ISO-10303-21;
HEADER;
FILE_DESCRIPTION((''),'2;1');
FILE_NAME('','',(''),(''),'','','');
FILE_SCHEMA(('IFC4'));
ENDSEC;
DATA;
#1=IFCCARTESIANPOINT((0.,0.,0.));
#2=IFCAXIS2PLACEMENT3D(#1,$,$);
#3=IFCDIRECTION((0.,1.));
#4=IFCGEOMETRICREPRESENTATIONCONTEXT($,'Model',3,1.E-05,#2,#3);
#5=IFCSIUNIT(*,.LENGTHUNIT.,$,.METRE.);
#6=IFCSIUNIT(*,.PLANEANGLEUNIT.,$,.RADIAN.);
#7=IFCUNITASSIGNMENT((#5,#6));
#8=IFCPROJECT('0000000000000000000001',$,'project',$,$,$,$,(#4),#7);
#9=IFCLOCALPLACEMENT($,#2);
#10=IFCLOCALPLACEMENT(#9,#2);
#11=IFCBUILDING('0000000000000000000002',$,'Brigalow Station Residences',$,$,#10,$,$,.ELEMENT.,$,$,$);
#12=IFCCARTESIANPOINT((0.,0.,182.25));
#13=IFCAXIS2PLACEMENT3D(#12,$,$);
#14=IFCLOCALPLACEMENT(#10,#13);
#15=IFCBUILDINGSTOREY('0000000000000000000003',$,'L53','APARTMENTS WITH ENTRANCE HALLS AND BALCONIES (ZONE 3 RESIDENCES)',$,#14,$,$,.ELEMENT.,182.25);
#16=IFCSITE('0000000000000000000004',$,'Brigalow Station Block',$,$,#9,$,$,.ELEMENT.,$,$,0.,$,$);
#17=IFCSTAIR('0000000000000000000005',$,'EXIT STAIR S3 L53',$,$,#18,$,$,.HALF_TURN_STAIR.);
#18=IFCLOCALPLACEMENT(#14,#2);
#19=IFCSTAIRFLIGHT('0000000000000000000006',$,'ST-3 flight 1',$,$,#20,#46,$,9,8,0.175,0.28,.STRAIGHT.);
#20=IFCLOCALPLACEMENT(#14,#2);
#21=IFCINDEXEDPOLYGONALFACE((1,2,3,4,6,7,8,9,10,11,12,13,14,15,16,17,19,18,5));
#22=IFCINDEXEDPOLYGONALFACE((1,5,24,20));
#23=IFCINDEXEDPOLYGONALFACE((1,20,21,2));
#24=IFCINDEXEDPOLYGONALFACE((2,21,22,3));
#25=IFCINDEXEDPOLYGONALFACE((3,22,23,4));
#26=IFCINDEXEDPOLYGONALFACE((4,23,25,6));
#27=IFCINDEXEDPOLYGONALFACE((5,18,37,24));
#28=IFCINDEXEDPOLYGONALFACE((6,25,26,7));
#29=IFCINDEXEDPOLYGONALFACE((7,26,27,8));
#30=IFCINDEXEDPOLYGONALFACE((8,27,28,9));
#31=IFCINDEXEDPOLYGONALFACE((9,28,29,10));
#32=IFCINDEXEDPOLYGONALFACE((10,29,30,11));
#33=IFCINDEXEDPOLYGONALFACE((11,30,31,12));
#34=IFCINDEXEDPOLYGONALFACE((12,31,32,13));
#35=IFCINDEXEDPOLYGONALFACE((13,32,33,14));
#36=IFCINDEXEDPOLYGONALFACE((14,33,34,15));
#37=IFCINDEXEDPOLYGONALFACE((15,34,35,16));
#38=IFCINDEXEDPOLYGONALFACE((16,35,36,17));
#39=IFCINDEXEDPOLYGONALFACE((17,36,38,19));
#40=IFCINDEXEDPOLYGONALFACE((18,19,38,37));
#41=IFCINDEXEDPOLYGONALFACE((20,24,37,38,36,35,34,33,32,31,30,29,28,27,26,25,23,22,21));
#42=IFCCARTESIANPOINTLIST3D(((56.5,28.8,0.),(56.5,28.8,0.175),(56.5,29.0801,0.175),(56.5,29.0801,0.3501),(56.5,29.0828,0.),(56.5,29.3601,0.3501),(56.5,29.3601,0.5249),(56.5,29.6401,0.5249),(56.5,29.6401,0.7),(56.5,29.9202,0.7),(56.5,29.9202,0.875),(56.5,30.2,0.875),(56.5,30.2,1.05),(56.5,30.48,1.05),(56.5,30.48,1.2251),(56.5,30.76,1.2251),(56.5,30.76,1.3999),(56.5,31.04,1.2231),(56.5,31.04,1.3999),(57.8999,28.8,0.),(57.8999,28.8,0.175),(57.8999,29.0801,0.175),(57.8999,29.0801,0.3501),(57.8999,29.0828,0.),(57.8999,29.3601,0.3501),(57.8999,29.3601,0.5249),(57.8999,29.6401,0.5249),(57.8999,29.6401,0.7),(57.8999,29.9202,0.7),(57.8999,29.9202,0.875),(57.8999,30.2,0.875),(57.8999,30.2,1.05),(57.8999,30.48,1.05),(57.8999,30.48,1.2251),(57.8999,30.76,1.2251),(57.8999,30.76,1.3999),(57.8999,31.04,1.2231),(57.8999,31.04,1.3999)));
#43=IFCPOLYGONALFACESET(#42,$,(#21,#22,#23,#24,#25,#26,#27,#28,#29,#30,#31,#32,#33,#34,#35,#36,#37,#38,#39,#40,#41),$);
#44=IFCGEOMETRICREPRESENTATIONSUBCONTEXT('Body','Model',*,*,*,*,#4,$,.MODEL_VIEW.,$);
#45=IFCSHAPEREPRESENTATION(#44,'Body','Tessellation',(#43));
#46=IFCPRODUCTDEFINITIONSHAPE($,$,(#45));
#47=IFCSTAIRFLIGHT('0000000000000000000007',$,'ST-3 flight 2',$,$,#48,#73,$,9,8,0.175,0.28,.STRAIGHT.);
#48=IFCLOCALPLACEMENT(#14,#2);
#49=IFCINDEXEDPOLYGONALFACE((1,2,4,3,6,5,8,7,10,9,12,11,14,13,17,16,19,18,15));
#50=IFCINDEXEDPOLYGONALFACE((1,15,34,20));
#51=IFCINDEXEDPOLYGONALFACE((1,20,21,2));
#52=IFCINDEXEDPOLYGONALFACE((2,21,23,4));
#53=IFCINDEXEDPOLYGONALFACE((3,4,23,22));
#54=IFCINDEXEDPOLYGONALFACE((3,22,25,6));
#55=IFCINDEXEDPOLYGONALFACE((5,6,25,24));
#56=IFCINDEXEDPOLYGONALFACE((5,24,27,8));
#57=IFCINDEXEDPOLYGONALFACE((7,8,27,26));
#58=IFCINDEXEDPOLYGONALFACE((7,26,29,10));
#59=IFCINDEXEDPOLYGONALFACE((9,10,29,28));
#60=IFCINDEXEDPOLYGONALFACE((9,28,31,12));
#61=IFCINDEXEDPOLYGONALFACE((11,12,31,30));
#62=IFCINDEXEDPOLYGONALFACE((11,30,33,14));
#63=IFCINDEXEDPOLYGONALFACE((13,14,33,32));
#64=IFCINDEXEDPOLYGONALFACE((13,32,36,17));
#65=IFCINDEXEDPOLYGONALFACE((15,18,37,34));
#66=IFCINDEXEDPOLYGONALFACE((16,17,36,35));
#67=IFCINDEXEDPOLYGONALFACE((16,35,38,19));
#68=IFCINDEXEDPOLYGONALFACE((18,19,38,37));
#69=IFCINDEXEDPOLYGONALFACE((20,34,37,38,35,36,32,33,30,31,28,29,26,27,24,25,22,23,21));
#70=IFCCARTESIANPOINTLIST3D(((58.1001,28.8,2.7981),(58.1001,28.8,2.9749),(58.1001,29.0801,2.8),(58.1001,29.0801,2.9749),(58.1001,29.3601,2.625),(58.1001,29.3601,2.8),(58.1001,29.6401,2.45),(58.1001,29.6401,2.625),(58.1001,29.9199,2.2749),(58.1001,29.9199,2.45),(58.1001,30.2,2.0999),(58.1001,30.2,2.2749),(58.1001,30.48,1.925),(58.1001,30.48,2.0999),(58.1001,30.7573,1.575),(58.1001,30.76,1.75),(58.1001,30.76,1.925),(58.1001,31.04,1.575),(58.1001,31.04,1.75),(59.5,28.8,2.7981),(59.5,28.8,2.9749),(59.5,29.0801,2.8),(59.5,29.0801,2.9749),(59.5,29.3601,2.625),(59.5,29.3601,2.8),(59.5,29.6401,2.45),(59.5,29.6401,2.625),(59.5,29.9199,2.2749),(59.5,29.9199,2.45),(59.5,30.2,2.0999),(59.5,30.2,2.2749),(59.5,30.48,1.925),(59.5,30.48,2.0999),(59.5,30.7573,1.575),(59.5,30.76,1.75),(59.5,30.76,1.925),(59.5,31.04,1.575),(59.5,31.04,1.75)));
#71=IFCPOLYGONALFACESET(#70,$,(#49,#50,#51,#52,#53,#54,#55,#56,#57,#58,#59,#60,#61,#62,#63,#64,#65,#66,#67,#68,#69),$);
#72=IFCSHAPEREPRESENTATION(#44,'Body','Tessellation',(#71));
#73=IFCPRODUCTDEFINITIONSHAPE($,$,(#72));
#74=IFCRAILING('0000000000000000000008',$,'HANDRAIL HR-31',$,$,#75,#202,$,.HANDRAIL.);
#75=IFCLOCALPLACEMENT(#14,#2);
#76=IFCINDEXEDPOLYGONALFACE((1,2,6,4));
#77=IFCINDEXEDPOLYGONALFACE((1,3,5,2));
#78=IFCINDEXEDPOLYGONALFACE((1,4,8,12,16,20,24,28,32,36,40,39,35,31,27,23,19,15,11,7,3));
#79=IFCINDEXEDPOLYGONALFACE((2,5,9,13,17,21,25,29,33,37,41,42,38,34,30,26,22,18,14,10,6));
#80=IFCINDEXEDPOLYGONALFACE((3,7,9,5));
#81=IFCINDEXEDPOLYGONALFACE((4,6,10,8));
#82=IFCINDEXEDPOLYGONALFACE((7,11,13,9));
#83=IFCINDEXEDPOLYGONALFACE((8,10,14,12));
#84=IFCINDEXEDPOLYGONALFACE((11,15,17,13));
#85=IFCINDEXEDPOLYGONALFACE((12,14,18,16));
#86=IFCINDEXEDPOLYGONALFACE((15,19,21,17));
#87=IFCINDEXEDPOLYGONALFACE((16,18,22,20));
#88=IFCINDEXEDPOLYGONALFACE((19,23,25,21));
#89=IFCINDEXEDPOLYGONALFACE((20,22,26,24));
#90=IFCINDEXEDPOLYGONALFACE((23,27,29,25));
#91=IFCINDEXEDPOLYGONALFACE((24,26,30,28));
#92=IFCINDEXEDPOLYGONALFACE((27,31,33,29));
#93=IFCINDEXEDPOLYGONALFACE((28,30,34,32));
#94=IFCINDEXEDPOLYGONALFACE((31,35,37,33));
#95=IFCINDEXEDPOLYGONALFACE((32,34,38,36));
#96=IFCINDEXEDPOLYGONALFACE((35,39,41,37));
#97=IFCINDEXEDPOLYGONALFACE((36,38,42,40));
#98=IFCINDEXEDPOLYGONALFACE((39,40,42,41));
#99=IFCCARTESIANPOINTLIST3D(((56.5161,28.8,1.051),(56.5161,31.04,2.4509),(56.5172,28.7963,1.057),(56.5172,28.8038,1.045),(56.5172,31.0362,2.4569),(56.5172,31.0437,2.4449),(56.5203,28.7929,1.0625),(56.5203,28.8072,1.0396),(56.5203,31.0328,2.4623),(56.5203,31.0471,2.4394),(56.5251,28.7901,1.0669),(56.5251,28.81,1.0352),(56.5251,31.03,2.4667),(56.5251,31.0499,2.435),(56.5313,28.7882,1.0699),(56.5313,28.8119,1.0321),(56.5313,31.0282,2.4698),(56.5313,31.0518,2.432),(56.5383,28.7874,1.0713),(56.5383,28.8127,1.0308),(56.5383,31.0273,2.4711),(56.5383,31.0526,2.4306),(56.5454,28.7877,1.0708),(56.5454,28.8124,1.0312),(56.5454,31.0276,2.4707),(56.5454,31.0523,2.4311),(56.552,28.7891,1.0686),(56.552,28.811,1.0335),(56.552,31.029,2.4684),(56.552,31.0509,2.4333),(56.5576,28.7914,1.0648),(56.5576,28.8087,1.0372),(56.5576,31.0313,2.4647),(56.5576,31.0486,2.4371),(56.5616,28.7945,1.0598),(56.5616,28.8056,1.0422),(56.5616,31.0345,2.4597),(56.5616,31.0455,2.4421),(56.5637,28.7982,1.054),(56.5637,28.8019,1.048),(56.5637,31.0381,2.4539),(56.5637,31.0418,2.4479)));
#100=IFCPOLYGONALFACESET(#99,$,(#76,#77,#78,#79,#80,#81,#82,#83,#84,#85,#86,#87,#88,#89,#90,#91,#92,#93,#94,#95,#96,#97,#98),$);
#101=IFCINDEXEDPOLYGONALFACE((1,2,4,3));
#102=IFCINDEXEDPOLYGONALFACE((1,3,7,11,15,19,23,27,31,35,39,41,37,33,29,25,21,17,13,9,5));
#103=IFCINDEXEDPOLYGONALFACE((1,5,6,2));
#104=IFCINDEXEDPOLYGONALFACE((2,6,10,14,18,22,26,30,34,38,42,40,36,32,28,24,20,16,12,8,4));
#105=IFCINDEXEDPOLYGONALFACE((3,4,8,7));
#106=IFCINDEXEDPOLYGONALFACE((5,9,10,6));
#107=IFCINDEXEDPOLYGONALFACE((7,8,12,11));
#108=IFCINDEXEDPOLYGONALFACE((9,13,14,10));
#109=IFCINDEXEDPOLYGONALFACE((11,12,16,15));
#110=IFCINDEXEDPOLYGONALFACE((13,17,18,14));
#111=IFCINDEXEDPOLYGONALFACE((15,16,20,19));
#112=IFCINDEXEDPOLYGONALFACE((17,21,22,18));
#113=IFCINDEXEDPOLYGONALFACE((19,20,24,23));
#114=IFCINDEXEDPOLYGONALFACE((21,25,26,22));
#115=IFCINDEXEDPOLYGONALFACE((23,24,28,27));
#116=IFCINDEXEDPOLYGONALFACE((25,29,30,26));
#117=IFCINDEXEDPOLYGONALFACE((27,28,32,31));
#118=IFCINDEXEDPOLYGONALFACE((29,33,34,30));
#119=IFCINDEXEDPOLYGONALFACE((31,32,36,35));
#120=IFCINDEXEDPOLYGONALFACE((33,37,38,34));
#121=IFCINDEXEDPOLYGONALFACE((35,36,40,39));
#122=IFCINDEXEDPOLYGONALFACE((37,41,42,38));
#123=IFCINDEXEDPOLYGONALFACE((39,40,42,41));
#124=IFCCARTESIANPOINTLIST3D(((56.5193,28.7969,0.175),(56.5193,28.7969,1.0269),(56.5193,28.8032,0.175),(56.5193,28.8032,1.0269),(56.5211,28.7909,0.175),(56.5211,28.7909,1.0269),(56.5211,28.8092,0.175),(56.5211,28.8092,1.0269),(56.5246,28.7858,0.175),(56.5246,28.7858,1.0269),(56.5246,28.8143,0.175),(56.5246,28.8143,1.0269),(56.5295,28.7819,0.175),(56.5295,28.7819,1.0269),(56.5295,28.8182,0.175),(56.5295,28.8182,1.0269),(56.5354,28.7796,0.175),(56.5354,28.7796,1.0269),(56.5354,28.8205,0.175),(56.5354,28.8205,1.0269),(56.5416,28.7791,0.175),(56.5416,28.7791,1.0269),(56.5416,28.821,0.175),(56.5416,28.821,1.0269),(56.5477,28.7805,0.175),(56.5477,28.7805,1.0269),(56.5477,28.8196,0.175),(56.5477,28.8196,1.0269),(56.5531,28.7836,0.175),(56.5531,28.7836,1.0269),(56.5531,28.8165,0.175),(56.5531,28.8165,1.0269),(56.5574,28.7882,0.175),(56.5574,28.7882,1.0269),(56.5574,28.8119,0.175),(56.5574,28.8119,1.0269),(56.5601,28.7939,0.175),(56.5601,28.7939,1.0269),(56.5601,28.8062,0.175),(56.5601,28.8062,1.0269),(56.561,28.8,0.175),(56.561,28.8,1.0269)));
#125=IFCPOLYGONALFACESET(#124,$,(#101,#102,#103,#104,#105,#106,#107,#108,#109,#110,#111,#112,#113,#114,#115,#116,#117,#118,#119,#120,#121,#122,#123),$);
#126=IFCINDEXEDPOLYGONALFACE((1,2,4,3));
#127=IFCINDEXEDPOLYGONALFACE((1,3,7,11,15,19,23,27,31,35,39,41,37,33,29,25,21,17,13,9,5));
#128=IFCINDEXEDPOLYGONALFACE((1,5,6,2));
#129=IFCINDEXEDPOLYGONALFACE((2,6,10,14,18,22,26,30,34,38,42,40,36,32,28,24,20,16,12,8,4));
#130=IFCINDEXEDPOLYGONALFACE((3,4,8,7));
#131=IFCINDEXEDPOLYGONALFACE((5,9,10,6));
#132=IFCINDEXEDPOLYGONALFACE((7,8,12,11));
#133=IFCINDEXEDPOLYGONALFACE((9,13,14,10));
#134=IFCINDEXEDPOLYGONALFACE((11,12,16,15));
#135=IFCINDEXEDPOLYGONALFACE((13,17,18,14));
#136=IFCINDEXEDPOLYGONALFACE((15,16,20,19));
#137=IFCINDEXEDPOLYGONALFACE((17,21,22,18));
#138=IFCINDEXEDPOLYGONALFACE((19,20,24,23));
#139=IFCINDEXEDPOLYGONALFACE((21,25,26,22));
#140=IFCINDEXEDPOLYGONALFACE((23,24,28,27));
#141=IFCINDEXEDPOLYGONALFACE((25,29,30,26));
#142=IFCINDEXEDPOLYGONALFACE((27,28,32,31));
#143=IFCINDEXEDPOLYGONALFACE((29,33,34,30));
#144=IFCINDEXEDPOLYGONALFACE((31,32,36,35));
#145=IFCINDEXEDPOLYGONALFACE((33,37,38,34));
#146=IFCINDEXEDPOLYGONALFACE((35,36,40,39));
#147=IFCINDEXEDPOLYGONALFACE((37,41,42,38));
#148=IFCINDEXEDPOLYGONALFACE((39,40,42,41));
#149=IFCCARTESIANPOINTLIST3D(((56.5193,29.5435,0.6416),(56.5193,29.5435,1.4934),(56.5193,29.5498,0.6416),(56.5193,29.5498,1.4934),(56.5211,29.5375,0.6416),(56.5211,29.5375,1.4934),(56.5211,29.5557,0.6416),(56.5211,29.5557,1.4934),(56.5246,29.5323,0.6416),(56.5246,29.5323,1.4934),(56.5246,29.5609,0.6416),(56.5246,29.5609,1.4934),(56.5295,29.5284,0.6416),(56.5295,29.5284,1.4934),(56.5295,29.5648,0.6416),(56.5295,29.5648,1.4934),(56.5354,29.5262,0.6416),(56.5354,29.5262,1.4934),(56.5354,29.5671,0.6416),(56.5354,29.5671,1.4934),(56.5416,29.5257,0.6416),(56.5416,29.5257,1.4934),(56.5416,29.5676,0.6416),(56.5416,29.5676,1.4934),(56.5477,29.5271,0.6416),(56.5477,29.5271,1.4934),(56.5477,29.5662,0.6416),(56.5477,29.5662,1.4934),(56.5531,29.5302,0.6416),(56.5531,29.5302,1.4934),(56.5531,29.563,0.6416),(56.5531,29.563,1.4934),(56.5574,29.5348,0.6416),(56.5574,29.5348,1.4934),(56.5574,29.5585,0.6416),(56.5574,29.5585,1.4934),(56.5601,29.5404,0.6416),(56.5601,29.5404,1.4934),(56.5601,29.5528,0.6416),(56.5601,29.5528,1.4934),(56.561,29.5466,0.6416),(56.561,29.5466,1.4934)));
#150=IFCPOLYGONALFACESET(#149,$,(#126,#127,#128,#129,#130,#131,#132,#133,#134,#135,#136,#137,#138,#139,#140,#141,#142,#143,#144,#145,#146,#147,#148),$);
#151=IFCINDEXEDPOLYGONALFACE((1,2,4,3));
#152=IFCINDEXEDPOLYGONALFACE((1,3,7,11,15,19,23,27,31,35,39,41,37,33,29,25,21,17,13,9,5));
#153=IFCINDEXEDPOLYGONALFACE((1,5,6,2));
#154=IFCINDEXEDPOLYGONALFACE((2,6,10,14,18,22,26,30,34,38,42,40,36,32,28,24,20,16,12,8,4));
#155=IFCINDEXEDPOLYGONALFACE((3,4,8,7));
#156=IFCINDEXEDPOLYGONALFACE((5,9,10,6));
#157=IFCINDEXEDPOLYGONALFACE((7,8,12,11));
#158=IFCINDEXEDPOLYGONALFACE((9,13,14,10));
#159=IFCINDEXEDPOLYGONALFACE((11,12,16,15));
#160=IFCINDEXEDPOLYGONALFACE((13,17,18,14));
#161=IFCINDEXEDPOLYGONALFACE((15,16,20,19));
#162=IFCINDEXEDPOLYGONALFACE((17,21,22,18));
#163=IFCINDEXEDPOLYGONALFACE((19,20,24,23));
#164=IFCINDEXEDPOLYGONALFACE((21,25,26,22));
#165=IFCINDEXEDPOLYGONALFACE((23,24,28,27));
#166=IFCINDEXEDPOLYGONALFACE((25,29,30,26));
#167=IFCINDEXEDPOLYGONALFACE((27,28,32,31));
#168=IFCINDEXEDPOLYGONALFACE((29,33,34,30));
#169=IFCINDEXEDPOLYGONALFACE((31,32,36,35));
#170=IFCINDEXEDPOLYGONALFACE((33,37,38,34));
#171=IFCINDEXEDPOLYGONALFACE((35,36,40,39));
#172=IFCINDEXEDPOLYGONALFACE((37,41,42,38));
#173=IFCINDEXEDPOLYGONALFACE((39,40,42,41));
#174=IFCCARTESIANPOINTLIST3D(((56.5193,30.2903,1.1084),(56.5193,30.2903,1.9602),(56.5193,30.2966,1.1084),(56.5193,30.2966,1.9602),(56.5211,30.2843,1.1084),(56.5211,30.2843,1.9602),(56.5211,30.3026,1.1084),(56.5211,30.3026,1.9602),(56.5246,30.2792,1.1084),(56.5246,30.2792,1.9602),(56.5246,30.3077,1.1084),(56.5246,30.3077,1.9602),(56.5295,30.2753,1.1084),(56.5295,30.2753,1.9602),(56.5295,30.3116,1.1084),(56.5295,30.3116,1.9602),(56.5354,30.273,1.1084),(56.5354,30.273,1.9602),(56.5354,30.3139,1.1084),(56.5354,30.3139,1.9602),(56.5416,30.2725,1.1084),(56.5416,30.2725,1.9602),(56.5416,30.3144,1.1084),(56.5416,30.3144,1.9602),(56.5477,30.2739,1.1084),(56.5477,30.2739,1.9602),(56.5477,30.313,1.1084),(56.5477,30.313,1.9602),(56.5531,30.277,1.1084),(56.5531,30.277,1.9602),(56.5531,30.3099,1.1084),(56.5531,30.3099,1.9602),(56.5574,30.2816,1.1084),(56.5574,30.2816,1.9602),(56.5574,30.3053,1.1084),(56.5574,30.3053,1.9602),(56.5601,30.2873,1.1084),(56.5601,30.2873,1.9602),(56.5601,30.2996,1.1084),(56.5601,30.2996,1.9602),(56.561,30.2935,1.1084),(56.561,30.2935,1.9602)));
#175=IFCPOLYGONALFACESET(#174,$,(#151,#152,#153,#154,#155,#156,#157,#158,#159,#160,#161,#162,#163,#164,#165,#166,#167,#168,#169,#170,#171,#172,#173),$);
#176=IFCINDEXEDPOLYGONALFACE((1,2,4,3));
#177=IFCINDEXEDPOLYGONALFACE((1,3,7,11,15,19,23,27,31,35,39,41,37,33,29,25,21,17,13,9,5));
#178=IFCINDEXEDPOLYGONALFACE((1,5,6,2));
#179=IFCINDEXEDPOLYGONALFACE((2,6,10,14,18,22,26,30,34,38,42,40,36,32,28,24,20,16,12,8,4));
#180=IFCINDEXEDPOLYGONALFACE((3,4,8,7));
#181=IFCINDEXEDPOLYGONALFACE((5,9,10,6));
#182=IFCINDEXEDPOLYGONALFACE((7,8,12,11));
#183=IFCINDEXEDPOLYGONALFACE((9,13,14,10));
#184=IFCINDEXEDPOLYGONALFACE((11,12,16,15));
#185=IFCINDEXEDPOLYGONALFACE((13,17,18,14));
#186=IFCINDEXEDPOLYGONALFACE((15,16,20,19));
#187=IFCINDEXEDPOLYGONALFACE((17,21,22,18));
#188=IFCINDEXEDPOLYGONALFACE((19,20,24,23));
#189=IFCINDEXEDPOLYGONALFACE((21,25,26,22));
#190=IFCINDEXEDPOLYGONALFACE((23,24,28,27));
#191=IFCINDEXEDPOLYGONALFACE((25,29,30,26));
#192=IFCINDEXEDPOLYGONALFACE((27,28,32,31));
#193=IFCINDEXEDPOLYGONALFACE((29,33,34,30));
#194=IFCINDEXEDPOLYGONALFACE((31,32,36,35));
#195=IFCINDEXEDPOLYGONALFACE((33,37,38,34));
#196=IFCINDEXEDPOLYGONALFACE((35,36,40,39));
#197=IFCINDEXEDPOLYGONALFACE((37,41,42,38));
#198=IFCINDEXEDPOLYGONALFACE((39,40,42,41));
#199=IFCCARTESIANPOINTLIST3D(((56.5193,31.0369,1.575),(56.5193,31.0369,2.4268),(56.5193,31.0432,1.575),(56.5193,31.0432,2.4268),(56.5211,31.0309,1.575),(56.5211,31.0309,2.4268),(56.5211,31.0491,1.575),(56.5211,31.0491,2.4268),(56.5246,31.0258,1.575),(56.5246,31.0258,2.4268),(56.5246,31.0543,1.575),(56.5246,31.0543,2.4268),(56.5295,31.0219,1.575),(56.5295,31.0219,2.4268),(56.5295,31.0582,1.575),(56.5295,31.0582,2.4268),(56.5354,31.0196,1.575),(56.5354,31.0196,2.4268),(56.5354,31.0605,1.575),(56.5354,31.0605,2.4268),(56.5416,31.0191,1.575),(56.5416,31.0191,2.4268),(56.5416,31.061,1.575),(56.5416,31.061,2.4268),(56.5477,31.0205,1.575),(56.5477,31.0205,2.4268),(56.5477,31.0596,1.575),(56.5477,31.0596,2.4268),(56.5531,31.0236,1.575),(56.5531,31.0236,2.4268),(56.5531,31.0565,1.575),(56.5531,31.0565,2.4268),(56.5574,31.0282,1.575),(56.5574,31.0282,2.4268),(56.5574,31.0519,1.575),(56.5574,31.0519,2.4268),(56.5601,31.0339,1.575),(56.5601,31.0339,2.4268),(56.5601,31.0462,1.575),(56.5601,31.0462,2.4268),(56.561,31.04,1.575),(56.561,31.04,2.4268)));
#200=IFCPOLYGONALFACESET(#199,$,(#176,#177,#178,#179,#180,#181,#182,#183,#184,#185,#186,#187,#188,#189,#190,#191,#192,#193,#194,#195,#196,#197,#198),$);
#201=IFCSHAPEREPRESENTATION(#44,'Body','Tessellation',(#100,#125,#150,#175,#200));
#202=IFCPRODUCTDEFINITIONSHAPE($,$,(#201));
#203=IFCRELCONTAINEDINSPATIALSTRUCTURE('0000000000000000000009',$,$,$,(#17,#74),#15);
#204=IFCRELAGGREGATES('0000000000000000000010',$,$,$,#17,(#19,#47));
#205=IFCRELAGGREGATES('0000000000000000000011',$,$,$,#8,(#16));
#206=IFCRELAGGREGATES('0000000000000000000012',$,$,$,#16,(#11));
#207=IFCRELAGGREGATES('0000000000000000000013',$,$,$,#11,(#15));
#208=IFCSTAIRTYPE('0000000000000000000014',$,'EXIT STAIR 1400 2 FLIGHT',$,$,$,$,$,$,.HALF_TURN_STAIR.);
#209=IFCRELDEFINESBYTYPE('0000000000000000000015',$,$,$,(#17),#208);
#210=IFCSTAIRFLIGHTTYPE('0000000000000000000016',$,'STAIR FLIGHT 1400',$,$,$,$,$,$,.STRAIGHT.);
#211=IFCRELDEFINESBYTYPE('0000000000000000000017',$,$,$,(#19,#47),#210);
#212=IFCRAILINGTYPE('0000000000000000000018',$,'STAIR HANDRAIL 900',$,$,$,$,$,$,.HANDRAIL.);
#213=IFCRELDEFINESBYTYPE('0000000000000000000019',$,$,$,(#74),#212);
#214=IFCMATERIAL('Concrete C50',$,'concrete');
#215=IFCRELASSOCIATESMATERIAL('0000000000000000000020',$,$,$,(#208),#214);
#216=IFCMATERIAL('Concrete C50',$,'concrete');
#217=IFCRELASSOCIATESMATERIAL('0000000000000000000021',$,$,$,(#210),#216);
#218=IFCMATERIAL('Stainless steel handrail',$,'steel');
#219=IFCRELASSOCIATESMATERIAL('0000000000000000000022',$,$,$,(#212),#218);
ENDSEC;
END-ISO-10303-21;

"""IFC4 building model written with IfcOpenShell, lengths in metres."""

from ifc_helpers import new_model, si_unit, direction, frame, origin, origin_2d, place, context, subcontext, project, spatial, polyline, circle, outline, extrude, material, type_object, element, aggregate, save


model = new_model("IFC4")

# Units and contexts
model_context = context("Model", 3, precision=1e-05, world=origin(), true_north=direction((0.0, 1.0)))
body_context = subcontext(model_context, "Body", "Model", "MODEL_VIEW")
ifc_project = project(units=[si_unit("LENGTHUNIT", "METRE"), si_unit("PLANEANGLEUNIT", "RADIAN")], contexts=[model_context])

# Site, building, storey
site_placement = place(None, origin())
site = spatial("IfcSite", under=ifc_project, at=site_placement, Name="Brigalow Station Block", CompositionType="ELEMENT", RefElevation=0.0)
building_placement = place(site_placement, origin())
building = spatial("IfcBuilding", under=site, at=building_placement, Name="Brigalow Station Residences", CompositionType="ELEMENT")
storey_placement = place(building_placement, frame((0.0, 0.0, 182.25)))
storey = spatial("IfcBuildingStorey", under=building, at=storey_placement, Name="L53", Description="APARTMENTS WITH ENTRANCE HALLS AND BALCONIES (ZONE 3 RESIDENCES)", CompositionType="ELEMENT", Elevation=182.25)

# Stair, stair flights
ifc_material_1 = material(Name="Concrete C50", Category="concrete")
stair_type = type_object("IfcStairType", Name="EXIT STAIR 1400 2 FLIGHT", PredefinedType="HALF_TURN_STAIR", material=ifc_material_1)
stair_placement = place(storey_placement, origin())
stair = element("IfcStair", 1, at=stair_placement, inside=storey, type_object=stair_type, Name="EXIT STAIR S3 L53", PredefinedType="HALF_TURN_STAIR")
ifc_material_2 = material(Name="Concrete C50", Category="concrete")
stair_flight_type = type_object("IfcStairFlightType", Name="STAIR FLIGHT 1400", PredefinedType="STRAIGHT", material=ifc_material_2)
stair_flight_1_placement = place(storey_placement, frame((57.2, 28.8, 0.0), z_axis=(0.0, 0.0, 1.0), x_axis=(0.0, 1.0, 0.0)))
stair_flight_1 = element("IfcStairFlight", 2, at=stair_flight_1_placement, type_object=stair_flight_type, Name="ST-3 flight 1", NumberOfRisers=9, NumberOfTreads=8, PredefinedType="STRAIGHT", RiserHeight=0.175, TreadLength=0.28, context=body_context, shape_type="SweptSolid", body=[
    extrude(outline(polyline([(0.0, 0.0), (0.0, 0.175), (0.28, 0.175), (0.28, 0.3501), (0.5601, 0.3501), (0.5601, 0.5249), (0.8401, 0.5249), (0.8401, 0.7), (1.1201, 0.7), (1.1201, 0.875), (1.3999, 0.875), (1.3999, 1.05), (1.6799, 1.05), (1.6799, 1.2251), (1.96, 1.2251), (1.96, 1.3999), (2.24, 1.3999), (2.24, 1.575), (2.24, 1.2231), (0.2827, 0.0), (0.0, 0.0)])), frame((0.0, 0.7, 0.0), z_axis=(0.0, -1.0, 0.0), x_axis=(1.0, 0.0, 0.0)), (0.0, 0.0, 1.0), 1.3999),
])
stair_flight_2_placement = place(storey_placement, frame((58.8, 31.04, 1.575), z_axis=(0.0, 0.0, 1.0), x_axis=(0.0, -1.0, 0.0)))
stair_flight_2 = element("IfcStairFlight", 3, at=stair_flight_2_placement, type_object=stair_flight_type, Name="ST-3 flight 2", NumberOfRisers=9, NumberOfTreads=8, PredefinedType="STRAIGHT", RiserHeight=0.175, TreadLength=0.28, context=body_context, shape_type="SweptSolid", body=[
    extrude(outline(polyline([(0.0, 0.0), (0.0, 0.175), (0.28, 0.175), (0.28, 0.3501), (0.5601, 0.3501), (0.5601, 0.5249), (0.8401, 0.5249), (0.8401, 0.7), (1.1201, 0.7), (1.1201, 0.875), (1.3999, 0.875), (1.3999, 1.05), (1.6799, 1.05), (1.6799, 1.2251), (1.96, 1.2251), (1.96, 1.3999), (2.24, 1.3999), (2.24, 1.575), (2.24, 1.2231), (0.2827, 0.0), (0.0, 0.0)])), frame((0.0, 0.7, 0.0), z_axis=(0.0, -1.0, 0.0), x_axis=(1.0, 0.0, 0.0)), (0.0, 0.0, 1.0), 1.3999),
])
aggregate(stair, [stair_flight_1, stair_flight_2])

# Railing
ifc_material_3 = material(Name="Stainless steel handrail", Category="steel")
railing_type_1 = type_object("IfcRailingType", Name="STAIR HANDRAIL 900", PredefinedType="HANDRAIL", material=ifc_material_3)
railing_1_placement = place(storey_placement, frame((56.54, 28.8, 0.175)))
element("IfcRailing", 4, at=railing_1_placement, inside=storey, type_object=railing_type_1, Name="HANDRAIL HR-31", PredefinedType="HANDRAIL", context=body_context, shape_type="SweptSolid", body=[
    extrude(circle(Radius=0.0239, at=origin_2d()), frame((0.0, 0.0, 0.876), z_axis=(0.0, 0.848014, 0.529974), x_axis=(-1.0, 0.0, 0.0)), (0.0, 0.0, 1.0), 2.6414),
    extrude(circle(Radius=0.021, at=origin_2d()), origin(), (0.0, 0.0, 1.0), 0.8518),
    extrude(circle(Radius=0.021, at=origin_2d()), frame((0.0, 0.7466, 0.4666)), (0.0, 0.0, 1.0), 0.8518),
    extrude(circle(Radius=0.021, at=origin_2d()), frame((0.0, 1.4934, 0.9333)), (0.0, 0.0, 1.0), 0.8518),
    extrude(circle(Radius=0.021, at=origin_2d()), frame((0.0, 2.24, 1.3999)), (0.0, 0.0, 1.0), 0.8518),
])

save(model, "model.ifc")
